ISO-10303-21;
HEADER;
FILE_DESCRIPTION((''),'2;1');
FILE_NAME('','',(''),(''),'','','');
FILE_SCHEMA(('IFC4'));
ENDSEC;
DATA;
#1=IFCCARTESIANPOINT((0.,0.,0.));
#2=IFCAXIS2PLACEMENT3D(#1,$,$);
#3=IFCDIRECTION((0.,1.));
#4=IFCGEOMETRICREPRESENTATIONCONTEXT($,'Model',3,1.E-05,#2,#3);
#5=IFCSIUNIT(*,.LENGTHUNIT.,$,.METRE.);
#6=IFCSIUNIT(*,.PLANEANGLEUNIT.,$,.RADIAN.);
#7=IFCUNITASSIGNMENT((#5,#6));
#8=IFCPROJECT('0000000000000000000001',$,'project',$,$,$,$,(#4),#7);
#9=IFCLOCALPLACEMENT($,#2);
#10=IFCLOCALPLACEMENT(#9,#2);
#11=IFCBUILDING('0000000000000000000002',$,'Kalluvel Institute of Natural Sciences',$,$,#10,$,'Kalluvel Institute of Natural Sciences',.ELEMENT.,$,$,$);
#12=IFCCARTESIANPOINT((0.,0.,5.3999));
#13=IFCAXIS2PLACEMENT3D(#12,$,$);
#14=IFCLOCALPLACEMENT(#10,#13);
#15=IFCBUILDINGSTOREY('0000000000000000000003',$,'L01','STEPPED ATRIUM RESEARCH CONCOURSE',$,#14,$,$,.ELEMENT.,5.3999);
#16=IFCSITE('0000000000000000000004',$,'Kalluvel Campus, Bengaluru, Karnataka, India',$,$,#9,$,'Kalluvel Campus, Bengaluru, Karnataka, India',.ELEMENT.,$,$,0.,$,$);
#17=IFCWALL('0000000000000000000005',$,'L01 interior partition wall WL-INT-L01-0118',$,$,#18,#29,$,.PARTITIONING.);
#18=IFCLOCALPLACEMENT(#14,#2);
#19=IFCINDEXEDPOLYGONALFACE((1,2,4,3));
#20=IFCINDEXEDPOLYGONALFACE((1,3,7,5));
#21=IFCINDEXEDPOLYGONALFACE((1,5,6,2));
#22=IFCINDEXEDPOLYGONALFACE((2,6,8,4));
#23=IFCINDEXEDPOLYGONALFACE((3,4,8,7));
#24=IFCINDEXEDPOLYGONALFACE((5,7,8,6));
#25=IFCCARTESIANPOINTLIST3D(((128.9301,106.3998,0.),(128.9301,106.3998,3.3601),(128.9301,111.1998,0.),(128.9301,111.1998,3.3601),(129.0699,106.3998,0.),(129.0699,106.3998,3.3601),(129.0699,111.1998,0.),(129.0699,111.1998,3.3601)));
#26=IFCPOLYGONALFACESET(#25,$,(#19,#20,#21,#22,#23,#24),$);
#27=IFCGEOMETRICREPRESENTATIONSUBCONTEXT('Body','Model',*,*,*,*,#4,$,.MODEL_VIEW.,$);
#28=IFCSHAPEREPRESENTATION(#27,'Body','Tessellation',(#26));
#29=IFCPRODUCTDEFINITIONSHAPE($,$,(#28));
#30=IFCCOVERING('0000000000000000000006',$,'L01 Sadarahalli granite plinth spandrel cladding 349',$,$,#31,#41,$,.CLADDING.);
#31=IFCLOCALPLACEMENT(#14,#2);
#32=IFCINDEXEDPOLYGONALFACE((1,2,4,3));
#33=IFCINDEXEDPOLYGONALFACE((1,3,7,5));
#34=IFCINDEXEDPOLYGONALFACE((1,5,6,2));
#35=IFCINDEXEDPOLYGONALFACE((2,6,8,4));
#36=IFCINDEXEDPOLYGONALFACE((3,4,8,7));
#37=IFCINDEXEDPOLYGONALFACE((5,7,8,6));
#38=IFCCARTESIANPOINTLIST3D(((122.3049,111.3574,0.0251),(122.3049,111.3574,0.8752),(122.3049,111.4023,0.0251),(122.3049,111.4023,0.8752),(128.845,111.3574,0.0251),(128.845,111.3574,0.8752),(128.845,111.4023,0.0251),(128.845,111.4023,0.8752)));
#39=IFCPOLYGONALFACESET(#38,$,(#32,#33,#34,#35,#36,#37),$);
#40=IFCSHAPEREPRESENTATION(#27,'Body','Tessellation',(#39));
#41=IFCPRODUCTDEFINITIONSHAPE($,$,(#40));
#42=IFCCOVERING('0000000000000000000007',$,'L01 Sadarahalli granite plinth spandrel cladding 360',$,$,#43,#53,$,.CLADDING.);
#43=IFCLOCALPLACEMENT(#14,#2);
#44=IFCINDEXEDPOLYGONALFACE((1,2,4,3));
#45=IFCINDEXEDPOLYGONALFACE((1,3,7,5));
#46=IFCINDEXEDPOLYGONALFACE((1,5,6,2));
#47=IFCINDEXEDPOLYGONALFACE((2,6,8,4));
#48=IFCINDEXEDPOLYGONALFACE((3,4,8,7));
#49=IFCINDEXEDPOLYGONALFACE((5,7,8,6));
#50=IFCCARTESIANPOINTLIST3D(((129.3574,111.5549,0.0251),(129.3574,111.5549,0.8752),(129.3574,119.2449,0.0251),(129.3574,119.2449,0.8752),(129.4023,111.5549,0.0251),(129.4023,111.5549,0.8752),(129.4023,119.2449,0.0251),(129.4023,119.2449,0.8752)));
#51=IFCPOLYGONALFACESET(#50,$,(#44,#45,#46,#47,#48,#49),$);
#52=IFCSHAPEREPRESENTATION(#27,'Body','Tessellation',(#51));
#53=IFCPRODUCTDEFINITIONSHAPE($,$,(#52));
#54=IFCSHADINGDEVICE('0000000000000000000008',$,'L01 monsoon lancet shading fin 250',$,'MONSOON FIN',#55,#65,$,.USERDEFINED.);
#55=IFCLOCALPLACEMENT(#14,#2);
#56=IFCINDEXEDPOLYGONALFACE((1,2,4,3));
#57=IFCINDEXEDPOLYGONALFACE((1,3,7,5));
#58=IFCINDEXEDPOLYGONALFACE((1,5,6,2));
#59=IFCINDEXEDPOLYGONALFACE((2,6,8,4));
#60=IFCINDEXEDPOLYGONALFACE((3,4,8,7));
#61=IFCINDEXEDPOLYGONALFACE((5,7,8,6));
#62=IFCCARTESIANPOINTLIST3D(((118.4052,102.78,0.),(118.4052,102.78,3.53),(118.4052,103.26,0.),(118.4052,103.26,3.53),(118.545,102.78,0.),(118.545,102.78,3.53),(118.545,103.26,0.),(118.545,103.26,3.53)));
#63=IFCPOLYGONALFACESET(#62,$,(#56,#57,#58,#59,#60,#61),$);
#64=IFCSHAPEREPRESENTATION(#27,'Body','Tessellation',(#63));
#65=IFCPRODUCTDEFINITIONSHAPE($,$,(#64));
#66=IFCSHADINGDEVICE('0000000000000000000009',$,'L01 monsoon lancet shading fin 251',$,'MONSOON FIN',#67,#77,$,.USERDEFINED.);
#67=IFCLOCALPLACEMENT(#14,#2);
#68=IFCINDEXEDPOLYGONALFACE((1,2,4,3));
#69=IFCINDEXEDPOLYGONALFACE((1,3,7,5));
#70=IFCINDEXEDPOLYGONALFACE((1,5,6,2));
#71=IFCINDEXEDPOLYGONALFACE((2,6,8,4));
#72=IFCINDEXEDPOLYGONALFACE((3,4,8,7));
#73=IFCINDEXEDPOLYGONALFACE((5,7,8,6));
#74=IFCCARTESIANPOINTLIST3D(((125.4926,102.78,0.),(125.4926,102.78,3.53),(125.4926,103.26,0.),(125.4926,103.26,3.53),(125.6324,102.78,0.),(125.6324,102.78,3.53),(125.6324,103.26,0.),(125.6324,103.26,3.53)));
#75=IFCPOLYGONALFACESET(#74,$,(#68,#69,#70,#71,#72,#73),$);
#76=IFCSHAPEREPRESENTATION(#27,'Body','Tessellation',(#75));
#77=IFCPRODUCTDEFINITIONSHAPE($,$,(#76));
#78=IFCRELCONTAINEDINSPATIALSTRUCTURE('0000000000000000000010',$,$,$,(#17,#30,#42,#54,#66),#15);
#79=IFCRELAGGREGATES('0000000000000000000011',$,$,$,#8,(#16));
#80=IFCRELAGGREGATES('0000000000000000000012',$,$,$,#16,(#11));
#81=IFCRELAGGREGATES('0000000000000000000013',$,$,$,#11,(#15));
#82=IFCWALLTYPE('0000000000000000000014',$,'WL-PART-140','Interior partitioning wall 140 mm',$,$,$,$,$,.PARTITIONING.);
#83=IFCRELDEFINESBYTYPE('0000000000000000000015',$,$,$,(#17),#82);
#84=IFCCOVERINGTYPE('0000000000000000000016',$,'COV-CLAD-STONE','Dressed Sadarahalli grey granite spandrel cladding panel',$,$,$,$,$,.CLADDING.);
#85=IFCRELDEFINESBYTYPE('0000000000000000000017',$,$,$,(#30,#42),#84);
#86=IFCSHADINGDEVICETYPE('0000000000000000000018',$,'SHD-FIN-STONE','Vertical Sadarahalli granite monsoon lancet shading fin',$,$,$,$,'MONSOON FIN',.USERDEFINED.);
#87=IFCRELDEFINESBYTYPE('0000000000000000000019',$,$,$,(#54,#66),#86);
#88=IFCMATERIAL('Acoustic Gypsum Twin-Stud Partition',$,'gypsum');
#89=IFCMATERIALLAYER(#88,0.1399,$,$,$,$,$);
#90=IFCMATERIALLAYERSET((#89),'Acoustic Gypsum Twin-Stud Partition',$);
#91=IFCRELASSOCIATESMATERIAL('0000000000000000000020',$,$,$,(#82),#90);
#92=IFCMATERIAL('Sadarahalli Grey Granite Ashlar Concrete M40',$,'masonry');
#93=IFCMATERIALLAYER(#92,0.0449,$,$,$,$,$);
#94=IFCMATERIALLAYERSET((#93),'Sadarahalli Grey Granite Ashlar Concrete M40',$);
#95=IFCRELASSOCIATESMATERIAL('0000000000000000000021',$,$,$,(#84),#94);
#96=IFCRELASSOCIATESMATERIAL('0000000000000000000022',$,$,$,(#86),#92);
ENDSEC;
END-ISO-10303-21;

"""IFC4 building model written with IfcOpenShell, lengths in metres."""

from ifc_helpers import new_model, si_unit, direction, frame, frame_2d, origin, origin_2d, place, context, subcontext, project, spatial, rectangle, extrude, material, layer, layer_set, type_object, element, save


model = new_model("IFC4")

# Units and contexts
model_context = context("Model", 3, precision=1e-05, world=origin(), true_north=direction((0.0, 1.0)))
body_context = subcontext(model_context, "Body", "Model", "MODEL_VIEW")
ifc_project = project(units=[si_unit("LENGTHUNIT", "METRE"), si_unit("PLANEANGLEUNIT", "RADIAN")], contexts=[model_context])

# Site, building, storey
site_placement = place(None, origin())
site = spatial("IfcSite", under=ifc_project, at=site_placement, Name="Kalluvel Campus, Bengaluru, Karnataka, India", LongName="Kalluvel Campus, Bengaluru, Karnataka, India", CompositionType="ELEMENT", RefElevation=0.0)
building_placement = place(site_placement, origin())
building = spatial("IfcBuilding", under=site, at=building_placement, Name="Kalluvel Institute of Natural Sciences", LongName="Kalluvel Institute of Natural Sciences", CompositionType="ELEMENT")
storey_placement = place(building_placement, frame((0.0, 0.0, 5.3999)))
storey = spatial("IfcBuildingStorey", under=building, at=storey_placement, Name="L01", Description="STEPPED ATRIUM RESEARCH CONCOURSE", CompositionType="ELEMENT", Elevation=5.3999)

# Shared definitions
ifc_material_1 = material(Name="Sadarahalli Grey Granite Ashlar Concrete M40", Category="masonry")

# Wall
ifc_material_2 = material(Name="Acoustic Gypsum Twin-Stud Partition", Category="gypsum")
ifc_layer_1 = layer(ifc_material_2, 0.1399)
ifc_layer_set_1 = layer_set([ifc_layer_1], Name="Acoustic Gypsum Twin-Stud Partition")
wall_type_1 = type_object("IfcWallType", Name="WL-PART-140", Description="Interior partitioning wall 140 mm", PredefinedType="PARTITIONING", material=ifc_layer_set_1)
wall_1_placement = place(storey_placement, frame((129.0, 106.3999, 0.0), z_axis=(0.0, 0.0, 1.0), x_axis=(0.0, 1.0, 0.0)))
element("IfcWall", 1, at=wall_1_placement, inside=storey, type_object=wall_type_1, Name="L01 interior partition wall WL-INT-L01-0118", PredefinedType="PARTITIONING", context=body_context, shape_type="SweptSolid", body=[
    extrude(rectangle(XDim=4.8, YDim=0.1399, at=frame_2d((2.3999, 0.0))), origin(), (0.0, 0.0, 1.0), 3.3601),
])

# Coverings
ifc_layer_2 = layer(ifc_material_1, 0.0449)
ifc_layer_set_2 = layer_set([ifc_layer_2], Name="Sadarahalli Grey Granite Ashlar Concrete M40")
covering_type = type_object("IfcCoveringType", Name="COV-CLAD-STONE", Description="Dressed Sadarahalli grey granite spandrel cladding panel", PredefinedType="CLADDING", material=ifc_layer_set_2)
covering_1_placement = place(storey_placement, frame((125.575, 111.3799, 0.0251), z_axis=(0.0, 0.0, 1.0), x_axis=(1.0, 0.0, 0.0)))
element("IfcCovering", 2, at=covering_1_placement, inside=storey, type_object=covering_type, Name="L01 Sadarahalli granite plinth spandrel cladding 349", PredefinedType="CLADDING", context=body_context, shape_type="SweptSolid", body=[
    extrude(rectangle(XDim=6.54, YDim=0.0449, at=origin_2d()), origin(), (0.0, 0.0, 1.0), 0.8501),
])
covering_2_placement = place(storey_placement, frame((129.3799, 115.3999, 0.0251), z_axis=(0.0, 0.0, 1.0), x_axis=(0.0, 1.0, 0.0)))
element("IfcCovering", 3, at=covering_2_placement, inside=storey, type_object=covering_type, Name="L01 Sadarahalli granite plinth spandrel cladding 360", PredefinedType="CLADDING", context=body_context, shape_type="SweptSolid", body=[
    extrude(rectangle(XDim=7.6899, YDim=0.0449, at=origin_2d()), origin(), (0.0, 0.0, 1.0), 0.8501),
])

# Shading devices
shading_device_type = type_object("IfcShadingDeviceType", Name="SHD-FIN-STONE", Description="Vertical Sadarahalli granite monsoon lancet shading fin", ElementType="MONSOON FIN", PredefinedType="USERDEFINED", material=ifc_material_1)
for number, where, z_axis, x_axis, name in (
    (4, (118.4751, 103.02, 0.0), (0.0, 0.0, 1.0), (1.0, 0.0, 0.0), "L01 monsoon lancet shading fin 250"),
    (5, (125.5625, 103.02, 0.0), (0.0, 0.0, 1.0), (1.0, 0.0, 0.0), "L01 monsoon lancet shading fin 251"),
):
    element("IfcShadingDevice", number, at=place(storey_placement, frame(where, z_axis=z_axis, x_axis=x_axis)), inside=storey, type_object=shading_device_type, Name=name, ObjectType="MONSOON FIN", PredefinedType="USERDEFINED", context=body_context, shape_type="SweptSolid", body=[
        extrude(rectangle(XDim=0.1399, YDim=0.48, at=origin_2d()), origin(), (0.0, 0.0, 1.0), 3.53),
    ])

save(model, "model.ifc")
